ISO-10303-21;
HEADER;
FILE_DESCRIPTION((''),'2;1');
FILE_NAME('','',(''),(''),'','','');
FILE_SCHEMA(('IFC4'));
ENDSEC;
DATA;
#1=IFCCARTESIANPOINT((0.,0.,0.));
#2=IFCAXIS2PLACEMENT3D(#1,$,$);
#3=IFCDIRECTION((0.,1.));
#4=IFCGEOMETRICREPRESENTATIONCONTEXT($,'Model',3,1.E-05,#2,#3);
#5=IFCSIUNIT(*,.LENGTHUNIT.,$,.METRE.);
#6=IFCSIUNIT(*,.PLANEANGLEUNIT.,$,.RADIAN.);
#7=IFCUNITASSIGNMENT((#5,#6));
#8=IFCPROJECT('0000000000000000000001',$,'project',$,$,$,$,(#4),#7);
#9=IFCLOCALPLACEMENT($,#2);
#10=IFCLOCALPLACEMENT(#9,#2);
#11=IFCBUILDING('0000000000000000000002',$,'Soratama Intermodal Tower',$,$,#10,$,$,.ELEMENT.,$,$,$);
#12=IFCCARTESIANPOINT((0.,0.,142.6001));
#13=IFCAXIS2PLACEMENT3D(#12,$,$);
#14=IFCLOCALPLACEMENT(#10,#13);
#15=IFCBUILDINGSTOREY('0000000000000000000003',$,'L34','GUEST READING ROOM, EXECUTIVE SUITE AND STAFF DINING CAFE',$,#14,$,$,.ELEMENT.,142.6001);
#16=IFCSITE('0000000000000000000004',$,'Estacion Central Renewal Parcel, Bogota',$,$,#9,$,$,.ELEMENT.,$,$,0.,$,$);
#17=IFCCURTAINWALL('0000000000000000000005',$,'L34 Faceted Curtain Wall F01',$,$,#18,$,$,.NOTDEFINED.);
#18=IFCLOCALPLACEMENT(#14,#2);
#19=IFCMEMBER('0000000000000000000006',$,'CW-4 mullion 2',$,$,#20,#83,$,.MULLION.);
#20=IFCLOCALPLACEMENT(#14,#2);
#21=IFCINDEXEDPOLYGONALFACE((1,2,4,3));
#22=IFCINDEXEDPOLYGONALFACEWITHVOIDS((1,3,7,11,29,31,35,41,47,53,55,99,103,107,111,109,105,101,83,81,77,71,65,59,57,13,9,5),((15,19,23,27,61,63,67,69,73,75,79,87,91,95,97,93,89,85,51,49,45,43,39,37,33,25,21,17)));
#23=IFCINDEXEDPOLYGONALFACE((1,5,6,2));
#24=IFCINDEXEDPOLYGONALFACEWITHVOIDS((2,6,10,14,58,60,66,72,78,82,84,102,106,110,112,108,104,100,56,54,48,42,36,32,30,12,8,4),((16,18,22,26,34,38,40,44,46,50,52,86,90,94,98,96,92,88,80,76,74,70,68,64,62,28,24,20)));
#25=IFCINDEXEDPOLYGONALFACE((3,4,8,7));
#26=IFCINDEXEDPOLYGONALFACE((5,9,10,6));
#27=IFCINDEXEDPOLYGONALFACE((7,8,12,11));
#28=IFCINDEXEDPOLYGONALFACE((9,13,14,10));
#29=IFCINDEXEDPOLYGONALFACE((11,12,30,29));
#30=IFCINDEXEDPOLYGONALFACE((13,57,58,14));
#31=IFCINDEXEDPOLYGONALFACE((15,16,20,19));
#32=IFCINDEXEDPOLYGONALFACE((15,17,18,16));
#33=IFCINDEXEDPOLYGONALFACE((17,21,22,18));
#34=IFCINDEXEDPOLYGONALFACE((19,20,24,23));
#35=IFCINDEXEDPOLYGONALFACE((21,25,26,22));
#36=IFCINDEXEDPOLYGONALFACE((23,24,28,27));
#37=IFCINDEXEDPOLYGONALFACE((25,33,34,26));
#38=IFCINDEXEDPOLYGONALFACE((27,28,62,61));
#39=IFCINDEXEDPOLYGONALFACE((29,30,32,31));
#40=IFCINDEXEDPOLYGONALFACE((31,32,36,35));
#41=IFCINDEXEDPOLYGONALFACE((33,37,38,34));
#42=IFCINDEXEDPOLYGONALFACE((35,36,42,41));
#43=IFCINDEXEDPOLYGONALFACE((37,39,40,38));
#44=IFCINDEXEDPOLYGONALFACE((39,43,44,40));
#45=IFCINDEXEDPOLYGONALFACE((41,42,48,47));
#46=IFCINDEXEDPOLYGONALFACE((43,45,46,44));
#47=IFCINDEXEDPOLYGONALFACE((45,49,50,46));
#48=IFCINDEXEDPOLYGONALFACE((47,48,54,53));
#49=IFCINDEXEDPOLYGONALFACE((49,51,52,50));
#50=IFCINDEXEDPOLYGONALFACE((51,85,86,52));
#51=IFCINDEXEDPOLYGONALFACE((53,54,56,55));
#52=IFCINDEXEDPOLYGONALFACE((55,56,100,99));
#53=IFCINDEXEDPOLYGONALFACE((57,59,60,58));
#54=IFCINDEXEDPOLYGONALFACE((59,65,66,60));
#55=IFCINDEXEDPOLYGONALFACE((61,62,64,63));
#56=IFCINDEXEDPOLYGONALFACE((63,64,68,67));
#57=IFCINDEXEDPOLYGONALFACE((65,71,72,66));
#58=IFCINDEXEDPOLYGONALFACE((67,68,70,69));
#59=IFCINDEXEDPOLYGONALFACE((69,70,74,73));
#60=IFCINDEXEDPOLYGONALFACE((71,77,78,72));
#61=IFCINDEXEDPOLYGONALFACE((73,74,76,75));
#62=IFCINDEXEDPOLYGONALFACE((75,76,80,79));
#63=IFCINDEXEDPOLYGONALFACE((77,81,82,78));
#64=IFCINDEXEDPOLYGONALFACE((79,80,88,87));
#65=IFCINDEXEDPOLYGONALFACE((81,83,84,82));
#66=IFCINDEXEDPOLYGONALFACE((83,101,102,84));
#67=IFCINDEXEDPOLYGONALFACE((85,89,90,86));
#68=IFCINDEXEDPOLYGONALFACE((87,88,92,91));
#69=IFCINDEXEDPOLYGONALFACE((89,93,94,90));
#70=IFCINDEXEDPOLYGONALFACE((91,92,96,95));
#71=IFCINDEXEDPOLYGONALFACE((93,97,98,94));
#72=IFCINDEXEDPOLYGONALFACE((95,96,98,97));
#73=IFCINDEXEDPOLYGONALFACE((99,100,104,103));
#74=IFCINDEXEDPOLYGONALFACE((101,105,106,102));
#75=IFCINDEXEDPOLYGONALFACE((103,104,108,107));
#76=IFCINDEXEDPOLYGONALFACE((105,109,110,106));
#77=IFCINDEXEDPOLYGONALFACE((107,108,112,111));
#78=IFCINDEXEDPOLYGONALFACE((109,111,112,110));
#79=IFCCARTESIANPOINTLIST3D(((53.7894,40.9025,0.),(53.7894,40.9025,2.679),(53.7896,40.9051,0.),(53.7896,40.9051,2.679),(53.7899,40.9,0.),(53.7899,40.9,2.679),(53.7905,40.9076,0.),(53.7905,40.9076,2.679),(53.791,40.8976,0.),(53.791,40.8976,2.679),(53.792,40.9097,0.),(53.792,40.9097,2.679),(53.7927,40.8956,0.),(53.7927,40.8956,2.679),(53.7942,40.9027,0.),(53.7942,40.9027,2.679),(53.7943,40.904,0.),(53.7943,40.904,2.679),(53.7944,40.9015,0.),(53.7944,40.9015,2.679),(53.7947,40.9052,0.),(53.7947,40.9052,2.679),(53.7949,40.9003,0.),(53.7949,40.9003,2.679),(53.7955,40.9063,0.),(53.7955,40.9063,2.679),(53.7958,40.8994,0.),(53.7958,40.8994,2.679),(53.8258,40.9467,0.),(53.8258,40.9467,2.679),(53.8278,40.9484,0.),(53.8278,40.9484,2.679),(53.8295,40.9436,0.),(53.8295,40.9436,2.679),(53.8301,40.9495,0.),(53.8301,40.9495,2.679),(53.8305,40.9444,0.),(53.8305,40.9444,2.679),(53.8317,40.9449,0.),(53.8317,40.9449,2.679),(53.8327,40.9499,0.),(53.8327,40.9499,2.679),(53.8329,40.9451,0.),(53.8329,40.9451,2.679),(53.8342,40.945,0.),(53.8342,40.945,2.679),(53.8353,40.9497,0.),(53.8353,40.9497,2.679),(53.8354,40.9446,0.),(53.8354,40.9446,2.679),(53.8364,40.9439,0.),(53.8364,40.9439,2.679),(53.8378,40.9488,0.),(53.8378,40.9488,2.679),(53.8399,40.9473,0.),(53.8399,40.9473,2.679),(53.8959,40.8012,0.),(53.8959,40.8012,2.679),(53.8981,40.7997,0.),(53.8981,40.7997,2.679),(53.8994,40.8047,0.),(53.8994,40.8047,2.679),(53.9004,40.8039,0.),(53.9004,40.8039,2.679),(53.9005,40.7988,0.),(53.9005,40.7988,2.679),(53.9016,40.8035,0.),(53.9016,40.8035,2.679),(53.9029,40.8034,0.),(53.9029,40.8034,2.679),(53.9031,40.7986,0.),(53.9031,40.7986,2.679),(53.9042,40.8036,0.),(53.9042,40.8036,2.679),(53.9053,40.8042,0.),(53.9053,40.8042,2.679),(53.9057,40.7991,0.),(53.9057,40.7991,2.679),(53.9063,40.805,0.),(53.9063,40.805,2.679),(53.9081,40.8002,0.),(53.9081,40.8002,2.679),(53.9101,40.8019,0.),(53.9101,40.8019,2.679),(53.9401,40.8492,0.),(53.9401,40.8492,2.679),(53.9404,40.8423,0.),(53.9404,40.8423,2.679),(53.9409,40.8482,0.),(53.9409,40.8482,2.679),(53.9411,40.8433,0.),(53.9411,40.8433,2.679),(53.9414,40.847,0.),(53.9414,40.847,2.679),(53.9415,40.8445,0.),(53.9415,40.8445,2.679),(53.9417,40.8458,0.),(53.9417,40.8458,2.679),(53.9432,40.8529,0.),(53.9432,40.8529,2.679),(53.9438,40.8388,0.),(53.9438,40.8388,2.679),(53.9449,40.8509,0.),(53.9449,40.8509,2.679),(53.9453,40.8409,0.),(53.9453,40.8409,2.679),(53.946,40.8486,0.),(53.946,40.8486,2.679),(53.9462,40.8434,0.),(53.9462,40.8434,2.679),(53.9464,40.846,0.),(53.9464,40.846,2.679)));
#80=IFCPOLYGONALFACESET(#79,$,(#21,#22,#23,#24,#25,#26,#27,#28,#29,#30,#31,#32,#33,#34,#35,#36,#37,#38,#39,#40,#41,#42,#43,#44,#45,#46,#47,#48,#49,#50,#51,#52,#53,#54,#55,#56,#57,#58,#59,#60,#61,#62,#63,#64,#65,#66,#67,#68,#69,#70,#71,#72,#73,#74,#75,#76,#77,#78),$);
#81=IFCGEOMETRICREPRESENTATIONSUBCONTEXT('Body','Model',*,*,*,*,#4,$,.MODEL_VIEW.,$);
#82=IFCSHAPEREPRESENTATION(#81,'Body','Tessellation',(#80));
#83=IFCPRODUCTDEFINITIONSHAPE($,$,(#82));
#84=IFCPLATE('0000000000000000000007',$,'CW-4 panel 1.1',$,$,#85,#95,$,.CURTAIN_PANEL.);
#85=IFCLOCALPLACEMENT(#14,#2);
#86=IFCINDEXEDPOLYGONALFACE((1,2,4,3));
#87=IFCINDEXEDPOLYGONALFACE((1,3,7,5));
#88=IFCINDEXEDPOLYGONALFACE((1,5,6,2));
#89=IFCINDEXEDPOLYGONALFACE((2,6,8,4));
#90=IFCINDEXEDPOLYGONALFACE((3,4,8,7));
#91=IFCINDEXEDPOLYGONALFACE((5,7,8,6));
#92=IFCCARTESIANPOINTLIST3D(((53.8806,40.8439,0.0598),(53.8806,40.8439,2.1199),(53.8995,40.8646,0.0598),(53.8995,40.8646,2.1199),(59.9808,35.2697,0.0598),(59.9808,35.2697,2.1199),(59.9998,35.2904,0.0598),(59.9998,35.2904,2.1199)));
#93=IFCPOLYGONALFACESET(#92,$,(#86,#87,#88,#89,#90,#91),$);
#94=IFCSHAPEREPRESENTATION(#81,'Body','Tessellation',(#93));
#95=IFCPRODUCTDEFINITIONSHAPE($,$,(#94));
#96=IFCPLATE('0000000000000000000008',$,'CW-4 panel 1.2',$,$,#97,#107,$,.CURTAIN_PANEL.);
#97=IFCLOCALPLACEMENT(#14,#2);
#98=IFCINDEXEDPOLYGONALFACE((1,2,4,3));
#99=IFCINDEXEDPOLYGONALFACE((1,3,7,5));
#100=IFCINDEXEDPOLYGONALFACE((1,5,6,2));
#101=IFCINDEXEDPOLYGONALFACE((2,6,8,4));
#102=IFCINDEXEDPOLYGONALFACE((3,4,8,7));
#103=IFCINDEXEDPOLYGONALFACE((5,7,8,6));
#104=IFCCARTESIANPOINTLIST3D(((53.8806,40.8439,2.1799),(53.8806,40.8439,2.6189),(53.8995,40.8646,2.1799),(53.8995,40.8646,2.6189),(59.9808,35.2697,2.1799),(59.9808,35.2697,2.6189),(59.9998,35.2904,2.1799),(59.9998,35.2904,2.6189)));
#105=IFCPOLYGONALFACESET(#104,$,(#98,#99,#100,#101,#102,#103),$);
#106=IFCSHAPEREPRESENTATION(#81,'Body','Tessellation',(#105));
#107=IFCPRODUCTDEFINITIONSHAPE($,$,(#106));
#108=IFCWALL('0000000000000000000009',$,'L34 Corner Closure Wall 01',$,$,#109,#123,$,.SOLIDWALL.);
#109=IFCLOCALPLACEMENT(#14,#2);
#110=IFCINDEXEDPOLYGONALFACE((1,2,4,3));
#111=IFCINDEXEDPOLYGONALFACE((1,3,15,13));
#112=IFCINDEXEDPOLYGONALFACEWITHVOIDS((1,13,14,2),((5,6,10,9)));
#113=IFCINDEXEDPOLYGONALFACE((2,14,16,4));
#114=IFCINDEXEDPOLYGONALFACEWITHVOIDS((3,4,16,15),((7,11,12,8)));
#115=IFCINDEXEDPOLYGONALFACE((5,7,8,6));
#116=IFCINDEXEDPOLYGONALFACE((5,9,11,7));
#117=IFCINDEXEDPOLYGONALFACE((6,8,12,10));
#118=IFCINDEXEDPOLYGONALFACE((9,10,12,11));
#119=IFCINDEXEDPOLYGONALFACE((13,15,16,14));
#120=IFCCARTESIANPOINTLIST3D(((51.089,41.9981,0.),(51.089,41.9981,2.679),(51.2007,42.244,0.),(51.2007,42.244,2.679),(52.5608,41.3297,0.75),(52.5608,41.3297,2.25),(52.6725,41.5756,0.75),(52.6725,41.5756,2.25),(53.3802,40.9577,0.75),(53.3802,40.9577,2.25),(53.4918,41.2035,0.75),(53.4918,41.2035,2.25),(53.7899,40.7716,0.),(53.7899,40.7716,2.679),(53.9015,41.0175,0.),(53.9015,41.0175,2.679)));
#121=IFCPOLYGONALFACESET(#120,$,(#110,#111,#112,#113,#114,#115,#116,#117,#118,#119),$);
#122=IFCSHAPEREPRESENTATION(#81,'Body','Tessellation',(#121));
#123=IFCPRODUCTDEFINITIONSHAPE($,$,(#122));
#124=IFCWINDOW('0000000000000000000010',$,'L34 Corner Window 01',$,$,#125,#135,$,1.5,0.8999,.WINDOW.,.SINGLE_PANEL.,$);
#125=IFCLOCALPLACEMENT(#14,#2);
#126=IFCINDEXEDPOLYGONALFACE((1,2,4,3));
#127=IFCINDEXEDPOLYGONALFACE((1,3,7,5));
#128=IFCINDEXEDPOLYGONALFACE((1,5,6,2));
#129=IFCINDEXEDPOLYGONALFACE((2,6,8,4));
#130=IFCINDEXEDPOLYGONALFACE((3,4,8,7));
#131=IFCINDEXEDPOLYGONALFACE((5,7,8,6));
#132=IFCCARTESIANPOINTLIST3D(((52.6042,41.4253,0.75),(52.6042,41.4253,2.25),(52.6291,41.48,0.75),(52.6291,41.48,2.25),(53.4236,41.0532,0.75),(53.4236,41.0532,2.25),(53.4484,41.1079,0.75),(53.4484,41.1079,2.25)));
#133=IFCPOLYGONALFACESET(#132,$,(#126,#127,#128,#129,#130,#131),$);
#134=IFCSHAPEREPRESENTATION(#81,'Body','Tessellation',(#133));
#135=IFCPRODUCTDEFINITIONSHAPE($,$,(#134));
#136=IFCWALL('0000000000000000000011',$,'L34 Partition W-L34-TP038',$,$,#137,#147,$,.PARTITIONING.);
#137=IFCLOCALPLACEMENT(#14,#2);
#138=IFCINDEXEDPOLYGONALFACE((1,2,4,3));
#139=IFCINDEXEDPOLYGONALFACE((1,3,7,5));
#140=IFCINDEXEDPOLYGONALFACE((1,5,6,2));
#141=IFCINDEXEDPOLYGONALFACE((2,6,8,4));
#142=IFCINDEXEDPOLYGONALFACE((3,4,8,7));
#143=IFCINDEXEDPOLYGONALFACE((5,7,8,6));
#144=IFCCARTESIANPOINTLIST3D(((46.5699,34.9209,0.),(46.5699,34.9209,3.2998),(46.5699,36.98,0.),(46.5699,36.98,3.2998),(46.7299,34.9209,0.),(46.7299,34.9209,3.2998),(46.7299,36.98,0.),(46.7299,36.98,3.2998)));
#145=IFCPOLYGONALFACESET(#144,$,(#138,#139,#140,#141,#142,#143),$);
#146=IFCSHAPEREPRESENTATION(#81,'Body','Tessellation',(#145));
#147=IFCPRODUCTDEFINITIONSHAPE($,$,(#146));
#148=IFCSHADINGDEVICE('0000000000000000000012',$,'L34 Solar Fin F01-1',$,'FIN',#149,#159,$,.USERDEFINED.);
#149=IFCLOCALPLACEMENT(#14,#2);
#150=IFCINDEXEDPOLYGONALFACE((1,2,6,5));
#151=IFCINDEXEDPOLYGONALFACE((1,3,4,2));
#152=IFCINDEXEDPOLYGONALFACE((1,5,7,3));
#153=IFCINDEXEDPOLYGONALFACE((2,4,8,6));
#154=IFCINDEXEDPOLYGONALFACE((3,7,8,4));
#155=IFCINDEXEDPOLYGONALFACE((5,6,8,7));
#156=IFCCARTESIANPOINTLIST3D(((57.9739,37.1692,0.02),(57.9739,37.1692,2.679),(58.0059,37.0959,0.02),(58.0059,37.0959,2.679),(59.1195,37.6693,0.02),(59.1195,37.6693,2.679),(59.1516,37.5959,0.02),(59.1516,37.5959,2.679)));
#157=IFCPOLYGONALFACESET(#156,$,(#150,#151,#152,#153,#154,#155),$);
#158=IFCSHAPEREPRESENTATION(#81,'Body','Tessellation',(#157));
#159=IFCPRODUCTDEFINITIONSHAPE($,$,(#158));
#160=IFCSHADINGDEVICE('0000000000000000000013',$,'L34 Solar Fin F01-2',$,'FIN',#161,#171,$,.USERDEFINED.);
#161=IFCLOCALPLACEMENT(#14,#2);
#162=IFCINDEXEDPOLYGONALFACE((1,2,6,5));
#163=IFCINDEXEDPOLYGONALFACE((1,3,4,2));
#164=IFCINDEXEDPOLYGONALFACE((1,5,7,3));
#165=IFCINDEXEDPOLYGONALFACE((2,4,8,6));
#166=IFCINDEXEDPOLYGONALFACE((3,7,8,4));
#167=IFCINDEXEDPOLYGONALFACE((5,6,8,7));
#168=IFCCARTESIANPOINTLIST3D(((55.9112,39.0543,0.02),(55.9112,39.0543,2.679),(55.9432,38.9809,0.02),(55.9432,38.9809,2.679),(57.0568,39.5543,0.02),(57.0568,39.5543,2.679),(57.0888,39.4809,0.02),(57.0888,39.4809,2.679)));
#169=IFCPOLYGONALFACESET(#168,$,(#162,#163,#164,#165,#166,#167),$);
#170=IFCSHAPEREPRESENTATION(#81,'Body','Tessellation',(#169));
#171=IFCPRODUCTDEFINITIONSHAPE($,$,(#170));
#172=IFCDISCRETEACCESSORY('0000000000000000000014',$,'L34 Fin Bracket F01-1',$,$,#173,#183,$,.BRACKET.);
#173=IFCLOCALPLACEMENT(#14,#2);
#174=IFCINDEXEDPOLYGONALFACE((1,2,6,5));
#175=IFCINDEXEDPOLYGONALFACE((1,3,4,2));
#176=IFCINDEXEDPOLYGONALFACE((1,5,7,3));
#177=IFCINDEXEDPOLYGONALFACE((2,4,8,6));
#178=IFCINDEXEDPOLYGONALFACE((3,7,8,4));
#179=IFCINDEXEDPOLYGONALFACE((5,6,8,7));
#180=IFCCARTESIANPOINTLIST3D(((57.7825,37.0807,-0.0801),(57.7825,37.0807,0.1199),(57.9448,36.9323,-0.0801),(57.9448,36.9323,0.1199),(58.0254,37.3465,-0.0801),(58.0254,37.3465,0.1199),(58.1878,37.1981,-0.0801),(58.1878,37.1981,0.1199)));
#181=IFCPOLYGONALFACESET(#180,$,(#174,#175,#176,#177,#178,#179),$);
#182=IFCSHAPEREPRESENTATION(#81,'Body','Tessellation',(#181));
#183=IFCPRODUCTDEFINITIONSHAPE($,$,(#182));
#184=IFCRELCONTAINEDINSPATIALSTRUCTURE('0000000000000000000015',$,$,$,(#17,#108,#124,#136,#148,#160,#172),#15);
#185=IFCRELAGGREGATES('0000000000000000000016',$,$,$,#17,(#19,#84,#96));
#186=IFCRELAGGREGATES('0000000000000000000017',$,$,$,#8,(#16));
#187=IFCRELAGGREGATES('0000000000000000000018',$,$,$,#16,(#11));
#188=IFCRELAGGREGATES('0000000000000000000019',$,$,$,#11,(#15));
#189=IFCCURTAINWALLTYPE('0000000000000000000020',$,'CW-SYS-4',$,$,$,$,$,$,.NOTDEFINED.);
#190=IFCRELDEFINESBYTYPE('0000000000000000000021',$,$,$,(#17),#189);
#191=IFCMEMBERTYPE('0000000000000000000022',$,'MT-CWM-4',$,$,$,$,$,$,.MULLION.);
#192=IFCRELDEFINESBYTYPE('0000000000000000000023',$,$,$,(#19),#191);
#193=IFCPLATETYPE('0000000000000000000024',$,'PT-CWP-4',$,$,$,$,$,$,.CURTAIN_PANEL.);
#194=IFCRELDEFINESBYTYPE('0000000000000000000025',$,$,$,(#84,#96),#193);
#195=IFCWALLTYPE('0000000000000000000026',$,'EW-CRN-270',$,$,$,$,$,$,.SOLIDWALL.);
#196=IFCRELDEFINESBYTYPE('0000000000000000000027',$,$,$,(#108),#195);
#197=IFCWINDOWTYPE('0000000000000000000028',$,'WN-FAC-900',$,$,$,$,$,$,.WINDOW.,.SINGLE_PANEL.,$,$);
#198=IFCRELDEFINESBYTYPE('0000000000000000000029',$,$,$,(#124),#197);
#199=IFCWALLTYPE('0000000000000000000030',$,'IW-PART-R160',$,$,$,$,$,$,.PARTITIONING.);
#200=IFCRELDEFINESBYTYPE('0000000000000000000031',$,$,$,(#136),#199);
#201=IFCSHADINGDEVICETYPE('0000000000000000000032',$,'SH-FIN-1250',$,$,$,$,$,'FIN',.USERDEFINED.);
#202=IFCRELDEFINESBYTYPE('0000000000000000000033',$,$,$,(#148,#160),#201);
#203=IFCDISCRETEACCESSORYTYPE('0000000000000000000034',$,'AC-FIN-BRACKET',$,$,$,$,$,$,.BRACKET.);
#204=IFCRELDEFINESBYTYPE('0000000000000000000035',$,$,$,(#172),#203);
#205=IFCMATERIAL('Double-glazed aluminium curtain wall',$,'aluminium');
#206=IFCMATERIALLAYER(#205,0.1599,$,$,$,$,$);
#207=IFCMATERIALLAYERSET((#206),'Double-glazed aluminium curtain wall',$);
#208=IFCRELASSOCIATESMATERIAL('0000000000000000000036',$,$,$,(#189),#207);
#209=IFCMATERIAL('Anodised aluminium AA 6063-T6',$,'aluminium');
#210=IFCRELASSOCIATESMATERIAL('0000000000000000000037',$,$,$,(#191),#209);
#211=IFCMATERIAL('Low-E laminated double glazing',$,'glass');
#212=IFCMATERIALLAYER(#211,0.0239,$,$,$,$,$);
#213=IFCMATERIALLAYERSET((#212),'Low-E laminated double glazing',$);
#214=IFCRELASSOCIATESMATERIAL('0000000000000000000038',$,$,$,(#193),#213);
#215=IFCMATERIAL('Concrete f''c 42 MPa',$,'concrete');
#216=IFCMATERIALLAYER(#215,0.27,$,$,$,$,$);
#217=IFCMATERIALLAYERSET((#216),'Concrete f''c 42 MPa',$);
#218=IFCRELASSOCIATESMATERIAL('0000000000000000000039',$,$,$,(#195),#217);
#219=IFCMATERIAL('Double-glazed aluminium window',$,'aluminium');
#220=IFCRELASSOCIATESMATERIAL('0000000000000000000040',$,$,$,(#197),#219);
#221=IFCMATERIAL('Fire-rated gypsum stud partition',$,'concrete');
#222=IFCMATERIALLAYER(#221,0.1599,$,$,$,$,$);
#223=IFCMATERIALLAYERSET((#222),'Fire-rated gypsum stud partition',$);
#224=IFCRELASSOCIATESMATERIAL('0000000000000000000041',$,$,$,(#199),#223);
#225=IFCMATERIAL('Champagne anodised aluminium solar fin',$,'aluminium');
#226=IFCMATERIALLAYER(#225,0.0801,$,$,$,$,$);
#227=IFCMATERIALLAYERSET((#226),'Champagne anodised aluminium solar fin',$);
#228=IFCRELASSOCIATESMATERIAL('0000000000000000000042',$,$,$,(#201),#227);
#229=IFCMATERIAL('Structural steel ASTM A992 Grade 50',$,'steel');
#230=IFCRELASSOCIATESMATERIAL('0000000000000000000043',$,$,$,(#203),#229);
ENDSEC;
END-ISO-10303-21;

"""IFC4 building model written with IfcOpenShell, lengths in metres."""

from ifc_helpers import new_model, si_unit, direction, frame, frame_2d, origin, origin_2d, place, context, subcontext, project, spatial, rectangle, hollow_rectangle, extrude, material, layer, layer_set, material_profile, profile_set, type_object, element, fill, aggregate, save


model = new_model("IFC4")

# Units and contexts
model_context = context("Model", 3, precision=1e-05, world=origin(), true_north=direction((0.0, 1.0)))
body_context = subcontext(model_context, "Body", "Model", "MODEL_VIEW")
ifc_project = project(units=[si_unit("LENGTHUNIT", "METRE"), si_unit("PLANEANGLEUNIT", "RADIAN")], contexts=[model_context])

# Site, building, storey
site_placement = place(None, origin())
site = spatial("IfcSite", under=ifc_project, at=site_placement, Name="Estacion Central Renewal Parcel, Bogota", CompositionType="ELEMENT", RefElevation=0.0)
building_placement = place(site_placement, origin())
building = spatial("IfcBuilding", under=site, at=building_placement, Name="Soratama Intermodal Tower", CompositionType="ELEMENT")
storey_placement = place(building_placement, frame((0.0, 0.0, 142.6001)))
storey = spatial("IfcBuildingStorey", under=building, at=storey_placement, Name="L34", Description="GUEST READING ROOM, EXECUTIVE SUITE AND STAFF DINING CAFE", CompositionType="ELEMENT", Elevation=142.6001)

# Curtain wall, member, plates
ifc_material_1 = material(Name="Double-glazed aluminium curtain wall", Category="aluminium")
ifc_layer_1 = layer(ifc_material_1, 0.1599)
ifc_layer_set_1 = layer_set([ifc_layer_1], Name="Double-glazed aluminium curtain wall")
curtain_wall_type = type_object("IfcCurtainWallType", Name="CW-SYS-4", PredefinedType="NOTDEFINED", material=ifc_layer_set_1)
curtain_wall_placement = place(storey_placement, origin())
curtain_wall = element("IfcCurtainWall", 1, at=curtain_wall_placement, inside=storey, type_object=curtain_wall_type, Name="L34 Faceted Curtain Wall F01", PredefinedType="NOTDEFINED")
ifc_material_2 = material(Name="Anodised aluminium AA 6063-T6", Category="aluminium")
ifc_material_profile_1 = material_profile(ifc_material_2, hollow_rectangle(XDim=0.0701, YDim=0.1599, WallThickness=0.0049, InnerFilletRadius=0.0049, OuterFilletRadius=0.01, at=origin_2d()), Name="CWM160X70X5")
ifc_profile_set_1 = profile_set([ifc_material_profile_1], Name="Anodised aluminium AA 6063-T6")
member_type = type_object("IfcMemberType", Name="MT-CWM-4", PredefinedType="MULLION", material=ifc_profile_set_1)
member_placement = place(storey_placement, frame((53.8679, 40.8743, 0.0), z_axis=(0.0, 0.0, 1.0), x_axis=(-0.674559, -0.738221, 0.0)))
member = element("IfcMember", 2, at=member_placement, type_object=member_type, Name="CW-4 mullion 2", PredefinedType="MULLION", context=body_context, shape_type="SweptSolid", body=[
    extrude(hollow_rectangle(XDim=0.0701, YDim=0.1599, WallThickness=0.0049, InnerFilletRadius=0.0049, OuterFilletRadius=0.01, at=origin_2d()), origin(), (0.0, 0.0, 1.0), 2.679),
])
ifc_material_3 = material(Name="Low-E laminated double glazing", Category="glass")
ifc_layer_2 = layer(ifc_material_3, 0.0239)
ifc_layer_set_2 = layer_set([ifc_layer_2], Name="Low-E laminated double glazing")
plate_type = type_object("IfcPlateType", Name="PT-CWP-4", PredefinedType="CURTAIN_PANEL", material=ifc_layer_set_2)
plate_1_placement = place(storey_placement, frame((56.9402, 38.0671, 0.0598), z_axis=(0.0, 0.0, 1.0), x_axis=(-0.738221, 0.674559, 0.0)))
plate_1 = element("IfcPlate", 3, at=plate_1_placement, type_object=plate_type, Name="CW-4 panel 1.1", PredefinedType="CURTAIN_PANEL", context=body_context, shape_type="SweptSolid", body=[
    extrude(rectangle(XDim=8.2634, YDim=0.0281, at=origin_2d()), origin(), (0.0, 0.0, 1.0), 2.0601),
])
plate_2_placement = place(storey_placement, frame((56.9402, 38.0671, 2.1799), z_axis=(0.0, 0.0, 1.0), x_axis=(-0.738221, 0.674559, 0.0)))
plate_2 = element("IfcPlate", 4, at=plate_2_placement, type_object=plate_type, Name="CW-4 panel 1.2", PredefinedType="CURTAIN_PANEL", context=body_context, shape_type="SweptSolid", body=[
    extrude(rectangle(XDim=8.2634, YDim=0.0281, at=origin_2d()), origin(), (0.0, 0.0, 1.0), 0.439),
])
aggregate(curtain_wall, [member, plate_1, plate_2])

# Wall, opening, window
ifc_material_4 = material(Name="Concrete f'c 42 MPa", Category="concrete")
ifc_layer_3 = layer(ifc_material_4, 0.27)
ifc_layer_set_3 = layer_set([ifc_layer_3], Name="Concrete f'c 42 MPa")
wall_type_1 = type_object("IfcWallType", Name="EW-CRN-270", PredefinedType="SOLIDWALL", material=ifc_layer_set_3)
wall_1_placement = place(storey_placement, frame((53.8457, 40.8945, 0.0), z_axis=(0.0, 0.0, 1.0), x_axis=(-0.91051, 0.413487, 0.0)))
wall_1 = element("IfcWall", 5, at=wall_1_placement, inside=storey, type_object=wall_type_1, Name="L34 Corner Closure Wall 01", PredefinedType="SOLIDWALL", context=body_context, shape_type="SweptSolid", body=[
    extrude(rectangle(XDim=2.9663, YDim=0.27, at=frame_2d((1.4832, 0.0))), origin(), (0.0, 0.0, 1.0), 2.679),
])
opening_1_placement = place(wall_1_placement, frame((0.45, 0.0, 0.75)))
opening_1 = element("IfcOpeningElement", 6, at=opening_1_placement, cuts=wall_1, PredefinedType="OPENING", context=body_context, shape_type="SweptSolid", body=[
    extrude(rectangle(XDim=0.8999, YDim=1.5, at=frame_2d((0.45, 0.75))), frame((0.0, 0.145, 0.0), z_axis=(0.0, -1.0, 0.0), x_axis=(1.0, 0.0, 0.0)), (0.0, 0.0, 1.0), 0.29),
])
ifc_material_5 = material(Name="Double-glazed aluminium window", Category="aluminium")
window_type_1 = type_object("IfcWindowType", Name="WN-FAC-900", PartitioningType="SINGLE_PANEL", PredefinedType="WINDOW", material=ifc_material_5)
window_1_placement = place(opening_1_placement, origin())
window_1 = element("IfcWindow", 7, at=window_1_placement, inside=storey, type_object=window_type_1, Name="L34 Corner Window 01", OverallHeight=1.5, OverallWidth=0.8999, PartitioningType="SINGLE_PANEL", PredefinedType="WINDOW", context=body_context, shape_type="SweptSolid", body=[
    extrude(rectangle(XDim=0.8999, YDim=1.5, at=frame_2d((0.45, 0.75))), frame((0.0, 0.03, 0.0), z_axis=(0.0, -1.0, 0.0), x_axis=(1.0, 0.0, 0.0)), (0.0, 0.0, 1.0), 0.0601),
])
fill(opening_1, window_1)

# Wall
ifc_material_6 = material(Name="Fire-rated gypsum stud partition", Category="concrete")
ifc_layer_4 = layer(ifc_material_6, 0.1599)
ifc_layer_set_4 = layer_set([ifc_layer_4], Name="Fire-rated gypsum stud partition")
wall_type_2 = type_object("IfcWallType", Name="IW-PART-R160", PredefinedType="PARTITIONING", material=ifc_layer_set_4)
wall_2_placement = place(storey_placement, frame((46.6499, 36.98, 0.0), z_axis=(0.0, 0.0, 1.0), x_axis=(0.0, -1.0, 0.0)))
element("IfcWall", 8, at=wall_2_placement, inside=storey, type_object=wall_type_2, Name="L34 Partition W-L34-TP038", PredefinedType="PARTITIONING", context=body_context, shape_type="SweptSolid", body=[
    extrude(rectangle(XDim=2.0591, YDim=0.1599, at=frame_2d((1.0295, 0.0))), origin(), (0.0, 0.0, 1.0), 3.2998),
])

# Shading devices
ifc_material_7 = material(Name="Champagne anodised aluminium solar fin", Category="aluminium")
ifc_layer_5 = layer(ifc_material_7, 0.0801)
ifc_layer_set_5 = layer_set([ifc_layer_5], Name="Champagne anodised aluminium solar fin")
shading_device_type = type_object("IfcShadingDeviceType", Name="SH-FIN-1250", ElementType="FIN", PredefinedType="USERDEFINED", material=ifc_layer_set_5)
for number, where, z_axis, x_axis, name in (
    (9, (58.5627, 37.3826, 0.02), (0.0, 0.0, 1.0), (0.916502, 0.400029, 0.0), "L34 Solar Fin F01-1"),
    (10, (56.5, 39.2676, 0.02), (0.0, 0.0, 1.0), (0.916502, 0.400029, 0.0), "L34 Solar Fin F01-2"),
):
    element("IfcShadingDevice", number, at=place(storey_placement, frame(where, z_axis=z_axis, x_axis=x_axis)), inside=storey, type_object=shading_device_type, Name=name, ObjectType="FIN", PredefinedType="USERDEFINED", context=body_context, shape_type="SweptSolid", body=[
        extrude(rectangle(XDim=1.25, YDim=0.0801, at=origin_2d()), origin(), (0.0, 0.0, 1.0), 2.6589),
    ])

# Discrete accessory
ifc_material_8 = material(Name="Structural steel ASTM A992 Grade 50", Category="steel")
discrete_accessory_type_1 = type_object("IfcDiscreteAccessoryType", Name="AC-FIN-BRACKET", PredefinedType="BRACKET", material=ifc_material_8)
for number, where, z_axis, x_axis, name in (
    (11, (57.9851, 37.1394, -0.0801), (0.0, 0.0, 1.0), (0.67456, 0.73822, 0.0), "L34 Fin Bracket F01-1"),
):
    element("IfcDiscreteAccessory", number, at=place(storey_placement, frame(where, z_axis=z_axis, x_axis=x_axis)), inside=storey, type_object=discrete_accessory_type_1, Name=name, PredefinedType="BRACKET", context=body_context, shape_type="SweptSolid", body=[
        extrude(rectangle(XDim=0.3601, YDim=0.22, at=origin_2d()), origin(), (0.0, 0.0, 1.0), 0.2),
    ])

save(model, "model.ifc")
